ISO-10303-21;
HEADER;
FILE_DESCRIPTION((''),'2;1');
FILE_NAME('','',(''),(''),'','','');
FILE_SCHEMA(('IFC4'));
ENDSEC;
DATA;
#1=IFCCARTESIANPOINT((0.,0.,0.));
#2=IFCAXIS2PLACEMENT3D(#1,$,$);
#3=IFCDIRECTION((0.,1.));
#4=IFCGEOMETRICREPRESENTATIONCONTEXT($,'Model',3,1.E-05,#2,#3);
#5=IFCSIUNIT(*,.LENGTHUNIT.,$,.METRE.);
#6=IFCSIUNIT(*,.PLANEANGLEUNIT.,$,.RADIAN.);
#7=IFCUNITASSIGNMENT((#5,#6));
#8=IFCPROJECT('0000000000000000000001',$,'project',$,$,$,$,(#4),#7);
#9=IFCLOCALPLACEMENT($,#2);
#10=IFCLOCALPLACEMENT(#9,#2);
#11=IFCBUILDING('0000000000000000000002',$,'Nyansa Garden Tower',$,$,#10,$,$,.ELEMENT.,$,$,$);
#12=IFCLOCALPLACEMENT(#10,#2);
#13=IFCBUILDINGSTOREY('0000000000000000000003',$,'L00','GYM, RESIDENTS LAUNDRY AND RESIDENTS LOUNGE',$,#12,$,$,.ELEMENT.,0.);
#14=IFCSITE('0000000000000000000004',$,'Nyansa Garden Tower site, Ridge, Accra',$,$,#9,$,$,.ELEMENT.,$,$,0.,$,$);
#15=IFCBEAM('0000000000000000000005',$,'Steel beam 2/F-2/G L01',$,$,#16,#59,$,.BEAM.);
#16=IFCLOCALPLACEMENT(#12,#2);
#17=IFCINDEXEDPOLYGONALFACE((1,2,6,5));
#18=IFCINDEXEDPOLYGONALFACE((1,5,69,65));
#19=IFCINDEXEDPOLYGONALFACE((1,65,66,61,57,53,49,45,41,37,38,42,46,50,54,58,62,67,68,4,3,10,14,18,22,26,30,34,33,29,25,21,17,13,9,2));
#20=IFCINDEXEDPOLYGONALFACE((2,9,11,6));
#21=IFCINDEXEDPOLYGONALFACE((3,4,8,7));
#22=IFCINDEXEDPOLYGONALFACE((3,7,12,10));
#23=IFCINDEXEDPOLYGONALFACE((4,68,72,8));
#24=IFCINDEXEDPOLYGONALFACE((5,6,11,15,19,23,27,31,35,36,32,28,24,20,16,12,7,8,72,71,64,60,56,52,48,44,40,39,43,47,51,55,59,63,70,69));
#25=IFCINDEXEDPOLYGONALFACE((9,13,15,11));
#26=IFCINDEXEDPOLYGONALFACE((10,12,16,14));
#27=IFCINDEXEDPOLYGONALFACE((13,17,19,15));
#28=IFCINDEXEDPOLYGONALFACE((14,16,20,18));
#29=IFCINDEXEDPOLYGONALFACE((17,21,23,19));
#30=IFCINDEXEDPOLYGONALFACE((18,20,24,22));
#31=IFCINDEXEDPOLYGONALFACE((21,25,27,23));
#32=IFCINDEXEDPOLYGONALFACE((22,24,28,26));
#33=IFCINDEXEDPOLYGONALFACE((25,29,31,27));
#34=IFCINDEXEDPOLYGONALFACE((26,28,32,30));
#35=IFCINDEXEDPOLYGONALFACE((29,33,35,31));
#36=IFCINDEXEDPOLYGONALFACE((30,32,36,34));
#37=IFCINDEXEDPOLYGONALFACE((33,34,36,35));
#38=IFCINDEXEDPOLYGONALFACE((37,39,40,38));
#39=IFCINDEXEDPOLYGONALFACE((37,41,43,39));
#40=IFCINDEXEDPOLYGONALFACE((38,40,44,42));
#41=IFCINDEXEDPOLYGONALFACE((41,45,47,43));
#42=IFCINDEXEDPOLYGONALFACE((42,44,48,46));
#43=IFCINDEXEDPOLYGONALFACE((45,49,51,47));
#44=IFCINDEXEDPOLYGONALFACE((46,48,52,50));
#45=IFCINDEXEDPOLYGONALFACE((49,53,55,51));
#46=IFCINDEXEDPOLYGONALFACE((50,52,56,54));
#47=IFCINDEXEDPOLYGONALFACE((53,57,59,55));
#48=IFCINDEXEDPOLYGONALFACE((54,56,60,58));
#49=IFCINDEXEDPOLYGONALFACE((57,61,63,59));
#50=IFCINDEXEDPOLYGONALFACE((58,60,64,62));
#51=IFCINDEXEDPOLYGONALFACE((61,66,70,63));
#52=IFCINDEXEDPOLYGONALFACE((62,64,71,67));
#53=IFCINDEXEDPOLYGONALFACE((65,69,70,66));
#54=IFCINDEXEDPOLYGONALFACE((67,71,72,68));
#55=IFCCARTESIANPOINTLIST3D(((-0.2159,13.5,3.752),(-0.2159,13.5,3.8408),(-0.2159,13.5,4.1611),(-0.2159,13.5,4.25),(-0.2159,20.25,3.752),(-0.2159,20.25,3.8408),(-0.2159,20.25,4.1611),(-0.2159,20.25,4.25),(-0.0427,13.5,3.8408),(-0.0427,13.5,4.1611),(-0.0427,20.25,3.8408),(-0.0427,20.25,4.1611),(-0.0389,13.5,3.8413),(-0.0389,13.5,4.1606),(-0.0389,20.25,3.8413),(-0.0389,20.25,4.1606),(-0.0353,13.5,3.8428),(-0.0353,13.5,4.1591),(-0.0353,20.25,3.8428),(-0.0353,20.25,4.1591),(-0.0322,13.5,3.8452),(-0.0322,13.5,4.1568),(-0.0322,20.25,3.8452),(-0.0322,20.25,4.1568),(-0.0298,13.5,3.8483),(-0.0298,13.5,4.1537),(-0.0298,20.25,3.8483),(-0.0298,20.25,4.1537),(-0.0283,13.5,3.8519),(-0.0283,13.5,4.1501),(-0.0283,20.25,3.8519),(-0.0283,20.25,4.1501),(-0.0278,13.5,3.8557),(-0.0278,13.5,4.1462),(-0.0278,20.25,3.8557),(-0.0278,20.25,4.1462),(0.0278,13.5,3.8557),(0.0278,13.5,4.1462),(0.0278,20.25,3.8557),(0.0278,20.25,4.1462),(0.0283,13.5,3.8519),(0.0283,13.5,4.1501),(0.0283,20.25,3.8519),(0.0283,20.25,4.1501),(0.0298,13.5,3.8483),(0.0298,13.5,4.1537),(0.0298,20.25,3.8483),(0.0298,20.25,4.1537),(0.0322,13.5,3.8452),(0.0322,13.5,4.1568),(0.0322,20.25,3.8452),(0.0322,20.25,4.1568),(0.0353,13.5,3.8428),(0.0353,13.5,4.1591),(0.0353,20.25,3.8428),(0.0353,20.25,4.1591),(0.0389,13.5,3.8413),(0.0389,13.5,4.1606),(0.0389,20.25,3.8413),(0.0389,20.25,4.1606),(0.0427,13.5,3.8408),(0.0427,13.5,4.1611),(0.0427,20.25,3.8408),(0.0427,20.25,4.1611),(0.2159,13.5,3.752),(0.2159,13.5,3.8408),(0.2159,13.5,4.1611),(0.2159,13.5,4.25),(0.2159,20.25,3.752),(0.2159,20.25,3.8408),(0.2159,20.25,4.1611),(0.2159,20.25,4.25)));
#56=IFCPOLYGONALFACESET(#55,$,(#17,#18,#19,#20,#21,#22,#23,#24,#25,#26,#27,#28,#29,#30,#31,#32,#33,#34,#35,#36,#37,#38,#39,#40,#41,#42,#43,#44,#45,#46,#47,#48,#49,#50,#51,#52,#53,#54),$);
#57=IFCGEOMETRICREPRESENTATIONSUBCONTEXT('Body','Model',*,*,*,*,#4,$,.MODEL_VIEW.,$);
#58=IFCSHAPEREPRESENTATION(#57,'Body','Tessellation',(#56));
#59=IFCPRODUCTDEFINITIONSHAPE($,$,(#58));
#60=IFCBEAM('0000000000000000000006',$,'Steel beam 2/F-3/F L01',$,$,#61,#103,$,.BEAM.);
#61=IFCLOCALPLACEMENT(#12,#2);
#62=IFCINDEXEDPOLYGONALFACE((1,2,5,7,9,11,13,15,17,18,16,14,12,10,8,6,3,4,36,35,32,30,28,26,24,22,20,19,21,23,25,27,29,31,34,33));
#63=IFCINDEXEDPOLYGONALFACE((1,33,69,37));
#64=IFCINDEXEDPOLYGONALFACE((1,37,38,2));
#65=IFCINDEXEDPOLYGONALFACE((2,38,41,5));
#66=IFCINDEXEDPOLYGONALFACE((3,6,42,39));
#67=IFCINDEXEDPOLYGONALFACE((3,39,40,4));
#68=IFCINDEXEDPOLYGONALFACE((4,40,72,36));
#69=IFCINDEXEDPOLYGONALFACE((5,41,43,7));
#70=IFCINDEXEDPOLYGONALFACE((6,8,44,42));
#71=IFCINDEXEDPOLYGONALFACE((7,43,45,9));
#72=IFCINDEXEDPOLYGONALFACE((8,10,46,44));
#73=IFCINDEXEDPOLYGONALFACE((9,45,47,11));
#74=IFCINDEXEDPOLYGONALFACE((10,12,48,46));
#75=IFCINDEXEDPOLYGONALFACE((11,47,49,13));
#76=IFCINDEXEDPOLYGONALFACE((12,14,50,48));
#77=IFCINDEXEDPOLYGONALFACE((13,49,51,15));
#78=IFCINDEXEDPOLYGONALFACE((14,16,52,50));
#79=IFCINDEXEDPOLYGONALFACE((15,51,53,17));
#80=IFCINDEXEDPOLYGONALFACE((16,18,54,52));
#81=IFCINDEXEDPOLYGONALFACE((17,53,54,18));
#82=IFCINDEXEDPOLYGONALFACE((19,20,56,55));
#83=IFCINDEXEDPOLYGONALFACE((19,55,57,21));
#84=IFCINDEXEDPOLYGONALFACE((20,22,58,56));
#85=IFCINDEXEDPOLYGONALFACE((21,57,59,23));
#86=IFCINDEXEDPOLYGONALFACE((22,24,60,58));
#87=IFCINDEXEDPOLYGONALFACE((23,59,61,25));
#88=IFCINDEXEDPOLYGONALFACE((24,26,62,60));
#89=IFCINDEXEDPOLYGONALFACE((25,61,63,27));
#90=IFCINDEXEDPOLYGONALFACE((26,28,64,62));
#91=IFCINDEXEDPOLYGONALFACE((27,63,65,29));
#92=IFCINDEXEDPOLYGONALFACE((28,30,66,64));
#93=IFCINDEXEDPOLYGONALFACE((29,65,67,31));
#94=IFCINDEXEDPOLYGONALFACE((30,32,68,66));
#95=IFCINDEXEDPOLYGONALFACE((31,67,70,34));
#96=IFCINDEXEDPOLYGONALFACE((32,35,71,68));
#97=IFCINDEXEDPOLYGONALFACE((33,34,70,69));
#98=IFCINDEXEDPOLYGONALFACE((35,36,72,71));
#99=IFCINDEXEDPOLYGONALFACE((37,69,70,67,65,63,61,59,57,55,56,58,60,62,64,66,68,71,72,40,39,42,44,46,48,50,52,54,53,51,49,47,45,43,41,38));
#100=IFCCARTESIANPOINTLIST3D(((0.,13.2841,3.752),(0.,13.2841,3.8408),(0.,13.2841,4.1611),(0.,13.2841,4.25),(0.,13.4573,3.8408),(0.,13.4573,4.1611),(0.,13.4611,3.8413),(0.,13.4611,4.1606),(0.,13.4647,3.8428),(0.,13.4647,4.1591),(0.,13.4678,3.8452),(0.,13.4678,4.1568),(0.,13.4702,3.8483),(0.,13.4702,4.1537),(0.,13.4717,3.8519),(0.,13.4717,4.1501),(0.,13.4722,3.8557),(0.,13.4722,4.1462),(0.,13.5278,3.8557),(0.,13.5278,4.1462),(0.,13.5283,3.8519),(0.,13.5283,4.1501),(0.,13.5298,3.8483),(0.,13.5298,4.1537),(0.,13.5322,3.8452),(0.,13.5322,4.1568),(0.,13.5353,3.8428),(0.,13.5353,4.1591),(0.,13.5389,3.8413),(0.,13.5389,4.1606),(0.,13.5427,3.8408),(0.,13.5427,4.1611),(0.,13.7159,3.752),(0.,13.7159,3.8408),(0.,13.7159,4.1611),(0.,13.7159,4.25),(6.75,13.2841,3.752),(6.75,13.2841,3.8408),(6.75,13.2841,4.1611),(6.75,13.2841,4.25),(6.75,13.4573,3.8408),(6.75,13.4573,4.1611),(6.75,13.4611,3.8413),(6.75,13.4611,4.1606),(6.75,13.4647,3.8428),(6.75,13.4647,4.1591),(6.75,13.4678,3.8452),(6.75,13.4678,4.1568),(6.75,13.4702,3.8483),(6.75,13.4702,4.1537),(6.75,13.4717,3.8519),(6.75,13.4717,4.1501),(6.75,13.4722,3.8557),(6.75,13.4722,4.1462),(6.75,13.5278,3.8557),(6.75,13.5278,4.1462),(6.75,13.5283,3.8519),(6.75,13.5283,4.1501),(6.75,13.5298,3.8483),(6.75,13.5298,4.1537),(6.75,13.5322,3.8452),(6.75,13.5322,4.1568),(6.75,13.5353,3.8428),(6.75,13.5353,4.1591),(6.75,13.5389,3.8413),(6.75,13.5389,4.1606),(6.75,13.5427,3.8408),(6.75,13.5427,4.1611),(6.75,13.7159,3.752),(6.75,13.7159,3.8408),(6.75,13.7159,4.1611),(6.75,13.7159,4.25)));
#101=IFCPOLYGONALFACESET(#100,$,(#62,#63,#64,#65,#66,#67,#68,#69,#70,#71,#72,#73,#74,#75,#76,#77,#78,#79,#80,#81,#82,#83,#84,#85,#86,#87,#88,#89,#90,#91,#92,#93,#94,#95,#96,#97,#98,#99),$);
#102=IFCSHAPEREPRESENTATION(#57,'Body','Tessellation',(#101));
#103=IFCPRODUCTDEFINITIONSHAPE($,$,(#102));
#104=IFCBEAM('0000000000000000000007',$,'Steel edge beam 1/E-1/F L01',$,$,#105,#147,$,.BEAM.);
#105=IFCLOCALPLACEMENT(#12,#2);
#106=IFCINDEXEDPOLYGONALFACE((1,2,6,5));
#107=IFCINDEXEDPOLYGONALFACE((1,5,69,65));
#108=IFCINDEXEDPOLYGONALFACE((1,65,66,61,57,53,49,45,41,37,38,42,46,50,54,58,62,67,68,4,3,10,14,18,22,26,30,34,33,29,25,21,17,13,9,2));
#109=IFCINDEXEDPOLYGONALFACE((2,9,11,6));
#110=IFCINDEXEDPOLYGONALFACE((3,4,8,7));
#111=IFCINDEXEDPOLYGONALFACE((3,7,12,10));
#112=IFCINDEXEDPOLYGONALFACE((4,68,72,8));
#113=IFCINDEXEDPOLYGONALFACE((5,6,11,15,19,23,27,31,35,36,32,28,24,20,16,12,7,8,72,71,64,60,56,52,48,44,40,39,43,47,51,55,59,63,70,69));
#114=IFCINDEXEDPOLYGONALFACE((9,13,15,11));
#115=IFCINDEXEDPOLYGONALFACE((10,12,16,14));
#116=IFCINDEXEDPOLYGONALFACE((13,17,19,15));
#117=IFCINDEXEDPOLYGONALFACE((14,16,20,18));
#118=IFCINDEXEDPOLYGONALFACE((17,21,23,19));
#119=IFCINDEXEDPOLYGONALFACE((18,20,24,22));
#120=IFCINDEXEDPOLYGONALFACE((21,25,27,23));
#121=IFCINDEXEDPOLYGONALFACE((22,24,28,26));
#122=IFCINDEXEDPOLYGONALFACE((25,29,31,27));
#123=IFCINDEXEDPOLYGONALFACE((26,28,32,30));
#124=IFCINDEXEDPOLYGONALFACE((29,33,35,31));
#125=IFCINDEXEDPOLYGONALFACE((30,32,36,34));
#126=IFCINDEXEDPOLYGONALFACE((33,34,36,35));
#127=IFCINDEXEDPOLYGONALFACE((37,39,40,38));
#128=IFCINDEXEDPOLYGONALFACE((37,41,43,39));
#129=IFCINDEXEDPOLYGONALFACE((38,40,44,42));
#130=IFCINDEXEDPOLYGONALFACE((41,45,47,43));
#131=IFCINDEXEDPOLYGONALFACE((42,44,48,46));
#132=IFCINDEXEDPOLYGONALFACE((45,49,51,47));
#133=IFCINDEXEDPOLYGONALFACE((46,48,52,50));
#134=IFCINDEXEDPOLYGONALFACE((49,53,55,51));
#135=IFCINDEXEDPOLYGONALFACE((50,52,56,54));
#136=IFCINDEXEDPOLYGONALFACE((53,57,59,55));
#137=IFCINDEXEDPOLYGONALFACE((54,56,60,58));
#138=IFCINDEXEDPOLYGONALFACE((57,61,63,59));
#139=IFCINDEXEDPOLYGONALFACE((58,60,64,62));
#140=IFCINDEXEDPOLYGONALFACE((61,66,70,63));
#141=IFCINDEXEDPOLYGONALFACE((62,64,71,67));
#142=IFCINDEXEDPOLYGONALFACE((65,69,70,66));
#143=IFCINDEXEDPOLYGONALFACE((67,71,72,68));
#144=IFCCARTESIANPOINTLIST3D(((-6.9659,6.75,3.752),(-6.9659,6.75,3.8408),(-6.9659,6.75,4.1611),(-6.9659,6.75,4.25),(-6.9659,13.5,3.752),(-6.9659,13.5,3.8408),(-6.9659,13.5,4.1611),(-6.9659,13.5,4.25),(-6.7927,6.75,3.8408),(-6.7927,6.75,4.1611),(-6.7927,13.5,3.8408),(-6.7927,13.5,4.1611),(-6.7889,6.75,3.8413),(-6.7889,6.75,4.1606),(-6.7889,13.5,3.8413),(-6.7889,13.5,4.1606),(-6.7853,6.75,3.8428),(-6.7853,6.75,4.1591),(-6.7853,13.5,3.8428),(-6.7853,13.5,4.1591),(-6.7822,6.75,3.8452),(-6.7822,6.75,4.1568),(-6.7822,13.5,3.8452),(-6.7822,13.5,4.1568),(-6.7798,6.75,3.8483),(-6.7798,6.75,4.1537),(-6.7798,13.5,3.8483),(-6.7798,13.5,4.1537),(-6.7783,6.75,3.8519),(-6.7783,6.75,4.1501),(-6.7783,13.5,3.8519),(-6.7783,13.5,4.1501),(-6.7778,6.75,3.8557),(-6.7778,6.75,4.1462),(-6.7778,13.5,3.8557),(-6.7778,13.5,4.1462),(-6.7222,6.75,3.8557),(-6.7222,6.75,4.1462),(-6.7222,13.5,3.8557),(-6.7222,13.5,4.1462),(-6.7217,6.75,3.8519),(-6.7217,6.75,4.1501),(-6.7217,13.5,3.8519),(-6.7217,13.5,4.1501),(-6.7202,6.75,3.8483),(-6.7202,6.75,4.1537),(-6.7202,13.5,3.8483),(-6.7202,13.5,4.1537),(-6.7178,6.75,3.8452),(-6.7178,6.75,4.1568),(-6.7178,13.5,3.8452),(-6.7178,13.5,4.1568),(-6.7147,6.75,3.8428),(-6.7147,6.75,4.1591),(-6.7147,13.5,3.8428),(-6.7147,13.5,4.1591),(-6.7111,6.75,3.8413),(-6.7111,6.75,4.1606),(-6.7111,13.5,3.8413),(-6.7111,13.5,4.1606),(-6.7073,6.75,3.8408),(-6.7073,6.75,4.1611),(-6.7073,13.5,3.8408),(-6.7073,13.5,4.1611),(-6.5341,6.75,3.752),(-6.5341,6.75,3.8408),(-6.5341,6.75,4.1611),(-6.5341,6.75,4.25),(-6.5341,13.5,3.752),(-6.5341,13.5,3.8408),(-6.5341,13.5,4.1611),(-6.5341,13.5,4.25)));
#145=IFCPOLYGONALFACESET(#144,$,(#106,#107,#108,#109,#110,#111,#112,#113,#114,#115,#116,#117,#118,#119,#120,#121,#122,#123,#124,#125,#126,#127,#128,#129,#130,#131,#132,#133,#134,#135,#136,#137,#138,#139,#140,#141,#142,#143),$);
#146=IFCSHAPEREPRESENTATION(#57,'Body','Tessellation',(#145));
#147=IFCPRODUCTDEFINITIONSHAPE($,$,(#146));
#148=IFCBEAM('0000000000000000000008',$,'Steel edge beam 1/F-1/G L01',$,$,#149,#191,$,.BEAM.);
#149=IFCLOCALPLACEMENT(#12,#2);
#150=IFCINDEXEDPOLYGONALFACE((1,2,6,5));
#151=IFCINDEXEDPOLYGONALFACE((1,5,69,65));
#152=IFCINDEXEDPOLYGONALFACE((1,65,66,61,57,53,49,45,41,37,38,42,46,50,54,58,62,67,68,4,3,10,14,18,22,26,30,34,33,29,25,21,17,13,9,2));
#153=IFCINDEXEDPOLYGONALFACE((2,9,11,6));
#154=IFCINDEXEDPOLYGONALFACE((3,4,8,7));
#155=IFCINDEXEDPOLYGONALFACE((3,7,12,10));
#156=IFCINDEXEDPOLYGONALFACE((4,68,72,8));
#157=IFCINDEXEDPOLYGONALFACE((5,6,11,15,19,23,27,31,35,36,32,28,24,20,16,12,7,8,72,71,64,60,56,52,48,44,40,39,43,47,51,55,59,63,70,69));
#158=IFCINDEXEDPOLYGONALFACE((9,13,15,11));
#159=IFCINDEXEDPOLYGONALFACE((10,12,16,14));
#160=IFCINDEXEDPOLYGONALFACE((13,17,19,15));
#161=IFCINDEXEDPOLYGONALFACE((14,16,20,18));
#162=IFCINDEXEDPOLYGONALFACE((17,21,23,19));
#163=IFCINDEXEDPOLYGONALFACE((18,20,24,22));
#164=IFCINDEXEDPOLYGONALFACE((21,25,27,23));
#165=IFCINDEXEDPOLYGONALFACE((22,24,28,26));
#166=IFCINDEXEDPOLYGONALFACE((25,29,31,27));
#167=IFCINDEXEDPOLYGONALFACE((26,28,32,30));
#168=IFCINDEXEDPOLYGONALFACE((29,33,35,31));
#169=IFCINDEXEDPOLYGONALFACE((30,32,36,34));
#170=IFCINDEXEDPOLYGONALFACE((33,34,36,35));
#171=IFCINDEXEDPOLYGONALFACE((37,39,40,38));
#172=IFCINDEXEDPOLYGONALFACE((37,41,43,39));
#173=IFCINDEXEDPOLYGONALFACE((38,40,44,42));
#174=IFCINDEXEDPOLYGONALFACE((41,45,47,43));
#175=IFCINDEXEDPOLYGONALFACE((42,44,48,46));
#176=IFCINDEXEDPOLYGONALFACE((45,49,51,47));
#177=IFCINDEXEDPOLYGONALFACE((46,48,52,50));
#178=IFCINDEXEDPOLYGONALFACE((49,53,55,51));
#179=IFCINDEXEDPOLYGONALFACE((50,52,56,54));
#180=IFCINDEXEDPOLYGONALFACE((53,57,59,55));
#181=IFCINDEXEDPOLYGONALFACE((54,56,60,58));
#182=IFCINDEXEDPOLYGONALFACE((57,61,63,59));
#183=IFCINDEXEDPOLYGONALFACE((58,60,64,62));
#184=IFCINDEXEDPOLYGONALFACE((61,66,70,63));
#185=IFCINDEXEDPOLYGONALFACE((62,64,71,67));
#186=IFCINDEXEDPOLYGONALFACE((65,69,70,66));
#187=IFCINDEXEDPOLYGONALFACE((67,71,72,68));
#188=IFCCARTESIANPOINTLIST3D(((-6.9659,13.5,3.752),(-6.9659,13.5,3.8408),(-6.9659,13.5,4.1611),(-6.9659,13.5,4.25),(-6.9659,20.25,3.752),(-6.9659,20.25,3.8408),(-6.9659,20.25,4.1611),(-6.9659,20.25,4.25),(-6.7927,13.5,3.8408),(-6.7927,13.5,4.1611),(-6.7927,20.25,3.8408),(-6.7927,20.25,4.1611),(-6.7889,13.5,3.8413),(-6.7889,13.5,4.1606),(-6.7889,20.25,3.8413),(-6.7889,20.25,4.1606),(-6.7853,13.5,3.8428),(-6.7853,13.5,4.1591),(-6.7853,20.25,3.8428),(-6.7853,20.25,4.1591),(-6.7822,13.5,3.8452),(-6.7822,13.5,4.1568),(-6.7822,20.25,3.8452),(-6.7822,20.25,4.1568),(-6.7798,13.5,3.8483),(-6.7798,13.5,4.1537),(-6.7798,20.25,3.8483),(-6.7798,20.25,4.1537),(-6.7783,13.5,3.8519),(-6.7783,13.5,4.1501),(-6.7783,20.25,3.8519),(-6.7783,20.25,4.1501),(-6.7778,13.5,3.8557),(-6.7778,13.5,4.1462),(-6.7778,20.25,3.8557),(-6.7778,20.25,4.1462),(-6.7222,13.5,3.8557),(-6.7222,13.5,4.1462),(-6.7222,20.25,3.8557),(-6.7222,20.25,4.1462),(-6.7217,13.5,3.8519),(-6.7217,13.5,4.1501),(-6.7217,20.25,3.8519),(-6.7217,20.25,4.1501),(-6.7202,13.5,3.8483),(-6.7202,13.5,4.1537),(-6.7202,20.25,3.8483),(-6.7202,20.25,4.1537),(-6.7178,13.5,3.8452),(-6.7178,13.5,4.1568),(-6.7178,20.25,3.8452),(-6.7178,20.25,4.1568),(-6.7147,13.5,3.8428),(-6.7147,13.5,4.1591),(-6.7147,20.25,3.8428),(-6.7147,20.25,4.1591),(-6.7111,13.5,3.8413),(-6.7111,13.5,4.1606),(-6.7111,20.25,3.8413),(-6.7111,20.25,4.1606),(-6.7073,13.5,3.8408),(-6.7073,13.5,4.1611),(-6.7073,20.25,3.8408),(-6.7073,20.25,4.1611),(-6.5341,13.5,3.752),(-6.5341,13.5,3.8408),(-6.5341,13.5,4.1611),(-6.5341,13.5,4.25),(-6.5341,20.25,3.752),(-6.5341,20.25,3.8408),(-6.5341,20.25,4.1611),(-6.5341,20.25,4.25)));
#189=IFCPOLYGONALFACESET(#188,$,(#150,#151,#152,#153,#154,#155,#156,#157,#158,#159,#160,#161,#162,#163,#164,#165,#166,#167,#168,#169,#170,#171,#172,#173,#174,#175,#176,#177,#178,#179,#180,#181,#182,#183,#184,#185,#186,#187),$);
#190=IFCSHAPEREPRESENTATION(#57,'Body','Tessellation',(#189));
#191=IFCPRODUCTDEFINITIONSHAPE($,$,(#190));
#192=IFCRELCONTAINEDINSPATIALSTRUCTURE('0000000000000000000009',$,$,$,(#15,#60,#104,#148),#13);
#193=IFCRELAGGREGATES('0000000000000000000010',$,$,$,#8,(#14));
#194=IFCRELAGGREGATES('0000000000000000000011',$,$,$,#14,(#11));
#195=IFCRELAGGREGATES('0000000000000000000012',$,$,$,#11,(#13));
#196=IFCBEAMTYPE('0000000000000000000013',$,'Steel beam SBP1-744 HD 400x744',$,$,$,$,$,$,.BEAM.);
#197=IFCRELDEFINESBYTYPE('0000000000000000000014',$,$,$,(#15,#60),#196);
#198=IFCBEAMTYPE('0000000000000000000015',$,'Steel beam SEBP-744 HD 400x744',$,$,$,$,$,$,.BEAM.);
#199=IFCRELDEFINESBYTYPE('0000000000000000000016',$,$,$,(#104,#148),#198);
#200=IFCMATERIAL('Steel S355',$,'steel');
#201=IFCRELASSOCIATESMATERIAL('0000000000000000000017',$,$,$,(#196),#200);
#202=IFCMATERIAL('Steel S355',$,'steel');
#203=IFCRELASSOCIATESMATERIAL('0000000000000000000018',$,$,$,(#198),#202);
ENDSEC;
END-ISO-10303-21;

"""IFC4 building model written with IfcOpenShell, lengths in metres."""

from ifc_helpers import new_model, si_unit, direction, frame, origin, origin_2d, place, context, subcontext, project, spatial, i_section, extrude, material, material_profile, profile_set, type_object, element, save


model = new_model("IFC4")

# Units and contexts
model_context = context("Model", 3, precision=1e-05, world=origin(), true_north=direction((0.0, 1.0)))
body_context = subcontext(model_context, "Body", "Model", "MODEL_VIEW")
ifc_project = project(units=[si_unit("LENGTHUNIT", "METRE"), si_unit("PLANEANGLEUNIT", "RADIAN")], contexts=[model_context])

# Site, building, storey
site_placement = place(None, origin())
site = spatial("IfcSite", under=ifc_project, at=site_placement, Name="Nyansa Garden Tower site, Ridge, Accra", CompositionType="ELEMENT", RefElevation=0.0)
building_placement = place(site_placement, origin())
building = spatial("IfcBuilding", under=site, at=building_placement, Name="Nyansa Garden Tower", CompositionType="ELEMENT")
storey_placement = place(building_placement, origin())
storey = spatial("IfcBuildingStorey", under=building, at=storey_placement, Name="L00", Description="GYM, RESIDENTS LAUNDRY AND RESIDENTS LOUNGE", CompositionType="ELEMENT", Elevation=0.0)

# Beams
ifc_material_1 = material(Name="Steel S355", Category="steel")
ifc_material_profile_1 = material_profile(ifc_material_1, i_section(OverallWidth=0.4319, OverallDepth=0.498, WebThickness=0.0557, FlangeThickness=0.0889, FilletRadius=0.0149, at=origin_2d()), Name="HD 400x744")
ifc_profile_set_1 = profile_set([ifc_material_profile_1], Name="Steel S355")
beam_type_1 = type_object("IfcBeamType", Name="Steel beam SBP1-744 HD 400x744", PredefinedType="BEAM", material=ifc_profile_set_1)
for number, where, z_axis, x_axis, name in (
    (1, (0.0, 13.5, 4.001), (0.0, 1.0, 0.0), (-1.0, 0.0, 0.0), "Steel beam 2/F-2/G L01"),
    (2, (0.0, 13.5, 4.001), (1.0, 0.0, 0.0), (0.0, 1.0, 0.0), "Steel beam 2/F-3/F L01"),
):
    element("IfcBeam", number, at=place(storey_placement, frame(where, z_axis=z_axis, x_axis=x_axis)), inside=storey, type_object=beam_type_1, Name=name, PredefinedType="BEAM", context=body_context, shape_type="SweptSolid", body=[
        extrude(i_section(OverallWidth=0.4319, OverallDepth=0.498, WebThickness=0.0557, FlangeThickness=0.0889, FilletRadius=0.0149, at=origin_2d()), origin(), (0.0, 0.0, 1.0), 6.75),
    ])
ifc_material_2 = material(Name="Steel S355", Category="steel")
ifc_material_profile_2 = material_profile(ifc_material_2, i_section(OverallWidth=0.4319, OverallDepth=0.498, WebThickness=0.0557, FlangeThickness=0.0889, FilletRadius=0.0149, at=origin_2d()), Name="HD 400x744")
ifc_profile_set_2 = profile_set([ifc_material_profile_2], Name="Steel S355")
beam_type_2 = type_object("IfcBeamType", Name="Steel beam SEBP-744 HD 400x744", PredefinedType="BEAM", material=ifc_profile_set_2)
for number, where, z_axis, x_axis, name in (
    (3, (-6.75, 6.75, 4.001), (0.0, 1.0, 0.0), (-1.0, 0.0, 0.0), "Steel edge beam 1/E-1/F L01"),
    (4, (-6.75, 13.5, 4.001), (0.0, 1.0, 0.0), (-1.0, 0.0, 0.0), "Steel edge beam 1/F-1/G L01"),
):
    element("IfcBeam", number, at=place(storey_placement, frame(where, z_axis=z_axis, x_axis=x_axis)), inside=storey, type_object=beam_type_2, Name=name, PredefinedType="BEAM", context=body_context, shape_type="SweptSolid", body=[
        extrude(i_section(OverallWidth=0.4319, OverallDepth=0.498, WebThickness=0.0557, FlangeThickness=0.0889, FilletRadius=0.0149, at=origin_2d()), origin(), (0.0, 0.0, 1.0), 6.75),
    ])

save(model, "model.ifc")
